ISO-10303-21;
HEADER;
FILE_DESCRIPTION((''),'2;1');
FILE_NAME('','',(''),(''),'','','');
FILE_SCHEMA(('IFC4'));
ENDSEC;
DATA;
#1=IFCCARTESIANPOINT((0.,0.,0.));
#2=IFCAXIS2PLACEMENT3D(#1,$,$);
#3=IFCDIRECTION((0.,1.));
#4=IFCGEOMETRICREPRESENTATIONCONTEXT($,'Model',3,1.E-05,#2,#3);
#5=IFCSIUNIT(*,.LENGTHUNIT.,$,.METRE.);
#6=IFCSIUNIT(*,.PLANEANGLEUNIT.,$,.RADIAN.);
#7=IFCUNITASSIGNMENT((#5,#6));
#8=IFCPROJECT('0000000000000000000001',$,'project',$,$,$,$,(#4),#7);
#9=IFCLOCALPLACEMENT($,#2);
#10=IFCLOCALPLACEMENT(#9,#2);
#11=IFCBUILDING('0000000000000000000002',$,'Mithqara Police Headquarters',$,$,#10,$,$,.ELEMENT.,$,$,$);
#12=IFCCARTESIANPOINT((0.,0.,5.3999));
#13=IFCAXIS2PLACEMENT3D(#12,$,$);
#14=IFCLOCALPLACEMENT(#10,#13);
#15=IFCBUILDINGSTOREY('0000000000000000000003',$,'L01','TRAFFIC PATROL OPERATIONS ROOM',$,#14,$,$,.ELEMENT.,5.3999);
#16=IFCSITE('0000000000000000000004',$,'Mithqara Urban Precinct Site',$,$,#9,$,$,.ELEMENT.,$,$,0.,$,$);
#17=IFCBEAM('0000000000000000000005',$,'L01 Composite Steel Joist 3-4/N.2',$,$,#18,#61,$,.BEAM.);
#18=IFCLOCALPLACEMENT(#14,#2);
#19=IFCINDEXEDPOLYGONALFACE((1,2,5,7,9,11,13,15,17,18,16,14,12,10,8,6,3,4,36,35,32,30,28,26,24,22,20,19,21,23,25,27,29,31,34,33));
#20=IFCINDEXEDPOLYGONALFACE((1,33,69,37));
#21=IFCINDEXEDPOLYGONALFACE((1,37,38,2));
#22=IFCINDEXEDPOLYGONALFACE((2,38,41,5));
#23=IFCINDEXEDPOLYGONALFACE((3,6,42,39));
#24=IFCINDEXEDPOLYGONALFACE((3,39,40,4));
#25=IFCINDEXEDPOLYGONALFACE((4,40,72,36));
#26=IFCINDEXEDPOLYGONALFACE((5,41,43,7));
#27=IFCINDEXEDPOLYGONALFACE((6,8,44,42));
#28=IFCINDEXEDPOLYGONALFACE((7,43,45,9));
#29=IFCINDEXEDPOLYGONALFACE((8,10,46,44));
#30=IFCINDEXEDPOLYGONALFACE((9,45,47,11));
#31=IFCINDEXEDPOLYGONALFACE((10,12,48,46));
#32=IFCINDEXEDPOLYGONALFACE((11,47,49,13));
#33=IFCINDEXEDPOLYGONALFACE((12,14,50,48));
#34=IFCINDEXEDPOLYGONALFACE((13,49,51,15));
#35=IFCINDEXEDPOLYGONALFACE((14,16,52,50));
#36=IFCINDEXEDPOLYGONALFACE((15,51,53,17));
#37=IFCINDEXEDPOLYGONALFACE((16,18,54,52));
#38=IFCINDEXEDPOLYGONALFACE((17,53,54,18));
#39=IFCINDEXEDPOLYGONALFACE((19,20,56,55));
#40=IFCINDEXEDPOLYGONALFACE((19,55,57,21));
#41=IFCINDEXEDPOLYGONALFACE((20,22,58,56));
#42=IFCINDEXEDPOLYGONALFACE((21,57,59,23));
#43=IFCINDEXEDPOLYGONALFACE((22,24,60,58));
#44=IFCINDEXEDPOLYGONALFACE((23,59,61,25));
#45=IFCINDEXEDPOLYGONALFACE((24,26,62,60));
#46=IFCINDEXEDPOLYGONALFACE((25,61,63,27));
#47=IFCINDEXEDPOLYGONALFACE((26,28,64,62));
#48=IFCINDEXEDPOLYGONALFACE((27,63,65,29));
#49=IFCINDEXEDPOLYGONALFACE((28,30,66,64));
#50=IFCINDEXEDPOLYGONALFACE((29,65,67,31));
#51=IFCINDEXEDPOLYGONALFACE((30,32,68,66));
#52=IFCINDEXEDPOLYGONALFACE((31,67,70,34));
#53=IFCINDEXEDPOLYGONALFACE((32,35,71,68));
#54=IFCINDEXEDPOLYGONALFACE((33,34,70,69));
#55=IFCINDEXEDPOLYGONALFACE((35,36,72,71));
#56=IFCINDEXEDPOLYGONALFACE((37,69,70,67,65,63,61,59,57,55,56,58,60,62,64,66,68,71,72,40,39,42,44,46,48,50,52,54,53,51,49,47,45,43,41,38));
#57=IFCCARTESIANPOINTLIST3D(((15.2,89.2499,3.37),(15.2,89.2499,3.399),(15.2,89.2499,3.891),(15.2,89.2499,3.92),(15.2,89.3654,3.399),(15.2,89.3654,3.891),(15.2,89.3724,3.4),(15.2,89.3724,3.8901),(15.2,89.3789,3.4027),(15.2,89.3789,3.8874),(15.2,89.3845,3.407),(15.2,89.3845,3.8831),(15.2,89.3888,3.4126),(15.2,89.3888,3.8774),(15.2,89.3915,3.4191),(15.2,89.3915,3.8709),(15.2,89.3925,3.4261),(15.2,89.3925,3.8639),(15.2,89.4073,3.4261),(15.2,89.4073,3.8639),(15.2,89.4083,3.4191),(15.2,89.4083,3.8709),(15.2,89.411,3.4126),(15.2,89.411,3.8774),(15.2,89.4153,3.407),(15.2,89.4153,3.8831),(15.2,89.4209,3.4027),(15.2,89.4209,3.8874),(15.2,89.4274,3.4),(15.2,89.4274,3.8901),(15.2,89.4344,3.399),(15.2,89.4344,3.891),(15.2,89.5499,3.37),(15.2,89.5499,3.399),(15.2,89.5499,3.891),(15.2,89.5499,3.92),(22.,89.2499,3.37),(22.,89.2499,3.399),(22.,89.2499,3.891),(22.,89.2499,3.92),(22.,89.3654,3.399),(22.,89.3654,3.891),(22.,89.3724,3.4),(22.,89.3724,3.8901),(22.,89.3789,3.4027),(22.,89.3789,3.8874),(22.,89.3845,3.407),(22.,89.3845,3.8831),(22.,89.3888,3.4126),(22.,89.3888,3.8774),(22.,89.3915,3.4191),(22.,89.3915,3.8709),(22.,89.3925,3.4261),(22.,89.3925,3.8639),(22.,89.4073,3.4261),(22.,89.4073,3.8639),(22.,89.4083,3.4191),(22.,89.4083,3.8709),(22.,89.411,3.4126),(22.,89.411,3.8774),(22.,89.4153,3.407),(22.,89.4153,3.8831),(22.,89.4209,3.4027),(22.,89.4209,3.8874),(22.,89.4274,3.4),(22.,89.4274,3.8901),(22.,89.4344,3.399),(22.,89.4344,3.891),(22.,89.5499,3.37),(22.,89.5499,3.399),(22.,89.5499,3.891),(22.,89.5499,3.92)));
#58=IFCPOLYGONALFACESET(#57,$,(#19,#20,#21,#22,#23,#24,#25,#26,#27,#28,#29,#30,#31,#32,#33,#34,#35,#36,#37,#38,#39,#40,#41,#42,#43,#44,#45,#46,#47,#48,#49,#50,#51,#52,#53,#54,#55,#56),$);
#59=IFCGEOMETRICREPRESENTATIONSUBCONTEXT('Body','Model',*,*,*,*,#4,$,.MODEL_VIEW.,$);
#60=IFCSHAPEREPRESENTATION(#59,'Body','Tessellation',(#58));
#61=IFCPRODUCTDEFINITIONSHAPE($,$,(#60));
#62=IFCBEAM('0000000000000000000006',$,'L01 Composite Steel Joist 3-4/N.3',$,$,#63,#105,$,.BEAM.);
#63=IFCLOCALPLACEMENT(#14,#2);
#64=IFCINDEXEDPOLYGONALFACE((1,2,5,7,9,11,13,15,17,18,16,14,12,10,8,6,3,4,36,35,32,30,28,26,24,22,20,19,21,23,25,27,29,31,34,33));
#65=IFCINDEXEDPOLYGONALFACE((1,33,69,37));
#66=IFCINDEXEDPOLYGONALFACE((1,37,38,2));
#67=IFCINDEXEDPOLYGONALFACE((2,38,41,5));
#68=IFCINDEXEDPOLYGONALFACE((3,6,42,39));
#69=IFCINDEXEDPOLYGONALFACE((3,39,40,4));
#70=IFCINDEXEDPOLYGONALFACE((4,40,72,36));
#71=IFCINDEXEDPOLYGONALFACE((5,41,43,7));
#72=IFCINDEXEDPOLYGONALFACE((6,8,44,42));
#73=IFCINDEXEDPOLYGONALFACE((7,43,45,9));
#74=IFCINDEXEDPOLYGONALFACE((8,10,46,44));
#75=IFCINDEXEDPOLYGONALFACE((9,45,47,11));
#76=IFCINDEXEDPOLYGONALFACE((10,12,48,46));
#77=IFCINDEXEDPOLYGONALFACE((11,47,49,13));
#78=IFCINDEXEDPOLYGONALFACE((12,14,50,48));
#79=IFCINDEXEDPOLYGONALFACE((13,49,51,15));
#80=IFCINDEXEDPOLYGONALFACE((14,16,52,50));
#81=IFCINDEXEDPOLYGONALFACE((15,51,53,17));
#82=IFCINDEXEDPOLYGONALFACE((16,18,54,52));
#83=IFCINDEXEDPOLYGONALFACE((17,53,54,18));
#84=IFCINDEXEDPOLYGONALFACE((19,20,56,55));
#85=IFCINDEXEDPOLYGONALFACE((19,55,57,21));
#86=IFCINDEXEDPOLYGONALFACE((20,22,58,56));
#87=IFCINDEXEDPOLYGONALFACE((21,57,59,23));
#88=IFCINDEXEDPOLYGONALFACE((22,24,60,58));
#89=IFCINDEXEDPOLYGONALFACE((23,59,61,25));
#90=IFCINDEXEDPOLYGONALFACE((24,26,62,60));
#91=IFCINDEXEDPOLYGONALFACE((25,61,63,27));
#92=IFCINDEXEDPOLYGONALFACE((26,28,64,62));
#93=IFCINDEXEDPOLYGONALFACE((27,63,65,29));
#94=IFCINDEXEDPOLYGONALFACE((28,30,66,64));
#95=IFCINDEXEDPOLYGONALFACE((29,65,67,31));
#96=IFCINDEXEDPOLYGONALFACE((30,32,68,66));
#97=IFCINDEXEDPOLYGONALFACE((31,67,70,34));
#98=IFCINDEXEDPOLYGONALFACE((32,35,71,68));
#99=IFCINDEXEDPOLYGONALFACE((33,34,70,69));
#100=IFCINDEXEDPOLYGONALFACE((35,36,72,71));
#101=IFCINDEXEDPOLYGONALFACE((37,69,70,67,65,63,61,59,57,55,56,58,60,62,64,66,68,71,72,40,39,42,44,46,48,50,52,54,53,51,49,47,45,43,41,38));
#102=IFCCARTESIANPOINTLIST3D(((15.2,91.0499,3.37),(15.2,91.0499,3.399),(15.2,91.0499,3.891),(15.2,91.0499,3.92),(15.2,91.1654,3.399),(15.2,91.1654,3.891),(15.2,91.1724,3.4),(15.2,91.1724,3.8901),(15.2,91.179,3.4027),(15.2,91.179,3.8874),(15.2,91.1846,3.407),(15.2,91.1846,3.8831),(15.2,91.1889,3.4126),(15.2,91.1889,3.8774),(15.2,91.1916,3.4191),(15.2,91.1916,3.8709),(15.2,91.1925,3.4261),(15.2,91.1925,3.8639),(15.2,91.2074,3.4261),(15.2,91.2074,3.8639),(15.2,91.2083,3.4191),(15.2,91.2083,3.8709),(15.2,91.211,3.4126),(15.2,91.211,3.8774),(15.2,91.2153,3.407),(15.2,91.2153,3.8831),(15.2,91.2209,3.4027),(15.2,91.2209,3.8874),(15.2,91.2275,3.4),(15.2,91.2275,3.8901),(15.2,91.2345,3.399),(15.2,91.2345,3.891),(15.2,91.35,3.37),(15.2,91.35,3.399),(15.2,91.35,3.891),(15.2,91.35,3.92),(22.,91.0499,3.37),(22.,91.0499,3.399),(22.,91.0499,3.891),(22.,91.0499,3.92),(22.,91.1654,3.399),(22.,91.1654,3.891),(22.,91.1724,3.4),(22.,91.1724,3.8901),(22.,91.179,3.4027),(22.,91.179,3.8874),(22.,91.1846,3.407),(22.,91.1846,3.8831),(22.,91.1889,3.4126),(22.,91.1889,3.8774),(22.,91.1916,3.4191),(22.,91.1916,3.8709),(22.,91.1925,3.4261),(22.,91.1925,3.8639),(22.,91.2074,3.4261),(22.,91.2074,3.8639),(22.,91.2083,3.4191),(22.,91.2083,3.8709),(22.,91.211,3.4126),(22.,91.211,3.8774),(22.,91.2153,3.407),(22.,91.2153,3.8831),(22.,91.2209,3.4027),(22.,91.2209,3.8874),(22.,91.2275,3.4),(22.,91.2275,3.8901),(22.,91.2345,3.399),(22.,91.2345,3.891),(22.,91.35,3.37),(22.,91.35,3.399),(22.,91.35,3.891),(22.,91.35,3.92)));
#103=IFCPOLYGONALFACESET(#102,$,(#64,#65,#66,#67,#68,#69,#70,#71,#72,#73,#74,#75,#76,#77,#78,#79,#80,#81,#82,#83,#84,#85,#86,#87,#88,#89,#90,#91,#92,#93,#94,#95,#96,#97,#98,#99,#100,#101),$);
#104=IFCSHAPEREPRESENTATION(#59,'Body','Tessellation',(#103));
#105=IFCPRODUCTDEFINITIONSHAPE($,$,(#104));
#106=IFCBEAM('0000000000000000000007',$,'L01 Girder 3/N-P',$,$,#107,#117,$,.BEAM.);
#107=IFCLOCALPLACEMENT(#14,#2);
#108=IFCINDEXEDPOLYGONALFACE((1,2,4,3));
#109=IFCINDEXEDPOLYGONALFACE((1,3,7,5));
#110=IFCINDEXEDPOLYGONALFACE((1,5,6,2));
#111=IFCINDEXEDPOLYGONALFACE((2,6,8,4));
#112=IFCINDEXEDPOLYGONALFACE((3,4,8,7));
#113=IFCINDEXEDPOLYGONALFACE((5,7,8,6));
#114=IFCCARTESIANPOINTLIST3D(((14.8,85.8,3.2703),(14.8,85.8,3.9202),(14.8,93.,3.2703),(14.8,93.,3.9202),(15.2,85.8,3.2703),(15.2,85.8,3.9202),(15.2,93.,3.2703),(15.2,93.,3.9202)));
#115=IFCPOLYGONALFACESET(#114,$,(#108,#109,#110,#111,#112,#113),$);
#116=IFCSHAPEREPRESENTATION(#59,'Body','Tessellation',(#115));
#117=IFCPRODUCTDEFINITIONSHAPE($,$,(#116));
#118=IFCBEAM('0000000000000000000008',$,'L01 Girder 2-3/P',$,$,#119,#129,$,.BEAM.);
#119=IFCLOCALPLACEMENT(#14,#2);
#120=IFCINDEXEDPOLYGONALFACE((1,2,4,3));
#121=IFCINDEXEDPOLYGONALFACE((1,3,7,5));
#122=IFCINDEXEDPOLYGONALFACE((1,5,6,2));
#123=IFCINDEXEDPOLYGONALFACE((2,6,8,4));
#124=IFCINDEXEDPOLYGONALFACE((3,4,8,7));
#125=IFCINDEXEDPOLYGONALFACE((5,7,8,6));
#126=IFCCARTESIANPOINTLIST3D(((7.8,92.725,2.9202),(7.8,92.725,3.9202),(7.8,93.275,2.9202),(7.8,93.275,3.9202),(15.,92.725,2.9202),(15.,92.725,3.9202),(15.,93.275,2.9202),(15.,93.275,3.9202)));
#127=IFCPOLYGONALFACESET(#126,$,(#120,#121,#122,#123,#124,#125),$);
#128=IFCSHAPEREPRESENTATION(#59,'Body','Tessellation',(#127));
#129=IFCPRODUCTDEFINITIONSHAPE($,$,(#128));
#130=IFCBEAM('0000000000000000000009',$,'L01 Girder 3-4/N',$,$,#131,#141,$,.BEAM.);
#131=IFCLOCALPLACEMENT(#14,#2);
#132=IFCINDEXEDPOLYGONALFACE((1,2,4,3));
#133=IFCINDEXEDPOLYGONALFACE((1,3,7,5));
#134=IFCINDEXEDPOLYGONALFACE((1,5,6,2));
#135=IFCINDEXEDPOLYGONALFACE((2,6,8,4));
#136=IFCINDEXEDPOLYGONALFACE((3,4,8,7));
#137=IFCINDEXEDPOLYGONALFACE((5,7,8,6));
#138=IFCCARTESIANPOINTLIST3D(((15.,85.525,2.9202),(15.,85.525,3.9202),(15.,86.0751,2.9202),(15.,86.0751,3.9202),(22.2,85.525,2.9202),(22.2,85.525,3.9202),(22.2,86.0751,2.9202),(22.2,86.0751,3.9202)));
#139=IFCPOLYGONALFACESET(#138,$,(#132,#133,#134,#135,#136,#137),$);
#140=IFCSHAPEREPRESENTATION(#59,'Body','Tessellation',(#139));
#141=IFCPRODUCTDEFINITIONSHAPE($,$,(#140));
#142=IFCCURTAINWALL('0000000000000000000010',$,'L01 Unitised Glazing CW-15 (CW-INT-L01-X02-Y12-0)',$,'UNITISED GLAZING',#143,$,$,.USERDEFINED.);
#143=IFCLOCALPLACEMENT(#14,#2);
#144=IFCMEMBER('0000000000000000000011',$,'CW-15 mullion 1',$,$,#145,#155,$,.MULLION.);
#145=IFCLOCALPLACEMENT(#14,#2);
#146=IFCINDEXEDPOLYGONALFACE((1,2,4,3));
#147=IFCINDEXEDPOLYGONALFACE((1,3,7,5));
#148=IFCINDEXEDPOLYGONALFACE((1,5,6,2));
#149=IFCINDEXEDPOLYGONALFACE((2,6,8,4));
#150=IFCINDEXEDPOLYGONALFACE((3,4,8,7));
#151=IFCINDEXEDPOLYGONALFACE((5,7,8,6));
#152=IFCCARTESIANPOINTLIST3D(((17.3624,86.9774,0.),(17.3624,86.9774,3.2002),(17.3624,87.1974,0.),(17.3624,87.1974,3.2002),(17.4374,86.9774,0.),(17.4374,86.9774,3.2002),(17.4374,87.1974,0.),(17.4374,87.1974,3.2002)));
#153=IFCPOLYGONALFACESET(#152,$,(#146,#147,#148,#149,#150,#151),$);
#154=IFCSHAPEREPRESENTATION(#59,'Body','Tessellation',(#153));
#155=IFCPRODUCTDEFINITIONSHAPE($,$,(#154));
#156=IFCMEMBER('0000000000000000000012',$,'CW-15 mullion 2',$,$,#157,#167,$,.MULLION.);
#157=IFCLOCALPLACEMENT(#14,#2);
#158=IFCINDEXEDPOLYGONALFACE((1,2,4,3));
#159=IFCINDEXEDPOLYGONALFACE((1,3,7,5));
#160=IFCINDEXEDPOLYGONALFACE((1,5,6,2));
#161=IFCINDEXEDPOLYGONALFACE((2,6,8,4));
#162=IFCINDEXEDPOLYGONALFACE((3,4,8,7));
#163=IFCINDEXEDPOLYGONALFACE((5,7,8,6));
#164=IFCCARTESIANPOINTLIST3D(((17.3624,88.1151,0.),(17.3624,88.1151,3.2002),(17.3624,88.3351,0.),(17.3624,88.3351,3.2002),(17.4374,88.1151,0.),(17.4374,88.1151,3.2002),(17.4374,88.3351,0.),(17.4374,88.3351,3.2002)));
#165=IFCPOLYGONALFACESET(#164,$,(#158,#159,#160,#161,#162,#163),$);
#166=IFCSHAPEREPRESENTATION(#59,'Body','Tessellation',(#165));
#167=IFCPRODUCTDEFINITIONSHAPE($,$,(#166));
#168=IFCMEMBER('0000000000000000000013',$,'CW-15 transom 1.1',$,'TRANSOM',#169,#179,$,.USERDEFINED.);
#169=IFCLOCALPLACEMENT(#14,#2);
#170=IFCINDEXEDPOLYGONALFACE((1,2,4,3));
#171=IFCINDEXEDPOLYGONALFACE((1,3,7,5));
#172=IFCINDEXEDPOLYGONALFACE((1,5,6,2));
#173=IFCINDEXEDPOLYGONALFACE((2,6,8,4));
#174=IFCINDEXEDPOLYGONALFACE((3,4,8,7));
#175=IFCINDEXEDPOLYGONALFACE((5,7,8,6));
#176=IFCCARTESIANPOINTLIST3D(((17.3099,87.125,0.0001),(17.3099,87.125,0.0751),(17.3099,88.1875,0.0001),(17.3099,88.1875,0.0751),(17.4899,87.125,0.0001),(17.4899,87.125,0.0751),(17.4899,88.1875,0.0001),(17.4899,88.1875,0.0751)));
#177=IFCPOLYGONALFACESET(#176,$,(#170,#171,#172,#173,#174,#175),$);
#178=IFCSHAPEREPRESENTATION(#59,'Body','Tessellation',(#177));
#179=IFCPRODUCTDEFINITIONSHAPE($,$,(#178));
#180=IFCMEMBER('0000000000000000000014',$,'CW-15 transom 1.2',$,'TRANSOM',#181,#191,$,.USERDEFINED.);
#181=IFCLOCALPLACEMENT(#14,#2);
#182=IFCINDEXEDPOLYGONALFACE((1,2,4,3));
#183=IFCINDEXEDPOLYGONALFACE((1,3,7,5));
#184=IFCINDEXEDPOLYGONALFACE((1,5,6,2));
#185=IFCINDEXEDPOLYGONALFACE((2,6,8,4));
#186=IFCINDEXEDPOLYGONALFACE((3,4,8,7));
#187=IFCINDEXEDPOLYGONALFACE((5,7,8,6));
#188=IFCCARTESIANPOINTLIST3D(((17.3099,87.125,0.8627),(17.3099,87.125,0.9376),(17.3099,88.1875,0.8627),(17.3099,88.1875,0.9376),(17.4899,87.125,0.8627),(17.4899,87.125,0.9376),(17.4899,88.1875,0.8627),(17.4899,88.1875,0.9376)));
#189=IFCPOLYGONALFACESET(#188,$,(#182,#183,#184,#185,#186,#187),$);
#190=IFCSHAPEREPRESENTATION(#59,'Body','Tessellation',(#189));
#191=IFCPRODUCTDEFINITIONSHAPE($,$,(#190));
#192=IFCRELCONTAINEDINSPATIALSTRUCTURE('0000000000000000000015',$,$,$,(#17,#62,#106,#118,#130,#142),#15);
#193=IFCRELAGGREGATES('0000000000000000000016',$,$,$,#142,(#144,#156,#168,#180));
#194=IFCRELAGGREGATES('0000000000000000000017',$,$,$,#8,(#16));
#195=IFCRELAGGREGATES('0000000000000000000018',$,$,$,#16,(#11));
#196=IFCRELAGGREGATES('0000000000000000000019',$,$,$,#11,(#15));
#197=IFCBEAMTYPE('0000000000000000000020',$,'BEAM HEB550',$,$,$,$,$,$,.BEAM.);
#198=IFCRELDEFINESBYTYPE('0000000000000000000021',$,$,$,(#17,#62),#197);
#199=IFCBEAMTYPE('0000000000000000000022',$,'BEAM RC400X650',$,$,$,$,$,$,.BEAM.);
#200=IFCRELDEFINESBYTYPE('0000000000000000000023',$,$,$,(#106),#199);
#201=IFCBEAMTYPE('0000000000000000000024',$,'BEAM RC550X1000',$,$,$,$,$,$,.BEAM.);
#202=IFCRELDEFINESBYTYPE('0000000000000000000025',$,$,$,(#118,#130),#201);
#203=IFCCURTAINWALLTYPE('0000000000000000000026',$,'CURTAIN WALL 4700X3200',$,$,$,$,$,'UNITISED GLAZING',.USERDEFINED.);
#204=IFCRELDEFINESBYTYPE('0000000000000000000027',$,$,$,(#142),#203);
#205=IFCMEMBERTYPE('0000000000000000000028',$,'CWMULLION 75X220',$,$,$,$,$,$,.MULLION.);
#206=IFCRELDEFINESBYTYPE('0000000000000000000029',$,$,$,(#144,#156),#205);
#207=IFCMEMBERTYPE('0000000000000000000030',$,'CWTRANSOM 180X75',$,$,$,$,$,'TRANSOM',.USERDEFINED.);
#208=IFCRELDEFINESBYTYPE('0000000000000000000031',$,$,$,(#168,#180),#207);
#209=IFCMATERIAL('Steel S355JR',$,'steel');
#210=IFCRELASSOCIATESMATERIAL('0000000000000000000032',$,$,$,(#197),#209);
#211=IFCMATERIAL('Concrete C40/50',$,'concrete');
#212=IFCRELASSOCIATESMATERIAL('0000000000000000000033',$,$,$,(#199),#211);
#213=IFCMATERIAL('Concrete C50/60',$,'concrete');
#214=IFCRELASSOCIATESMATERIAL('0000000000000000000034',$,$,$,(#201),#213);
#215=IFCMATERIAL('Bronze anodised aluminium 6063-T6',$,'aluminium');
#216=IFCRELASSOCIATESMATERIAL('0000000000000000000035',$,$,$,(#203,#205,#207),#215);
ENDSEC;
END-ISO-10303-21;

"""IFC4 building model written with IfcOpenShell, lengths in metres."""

from ifc_helpers import new_model, si_unit, direction, frame, origin, origin_2d, place, context, subcontext, project, spatial, rectangle, i_section, extrude, material, material_profile, profile_set, type_object, element, aggregate, save


model = new_model("IFC4")

# Units and contexts
model_context = context("Model", 3, precision=1e-05, world=origin(), true_north=direction((0.0, 1.0)))
body_context = subcontext(model_context, "Body", "Model", "MODEL_VIEW")
ifc_project = project(units=[si_unit("LENGTHUNIT", "METRE"), si_unit("PLANEANGLEUNIT", "RADIAN")], contexts=[model_context])

# Site, building, storey
site_placement = place(None, origin())
site = spatial("IfcSite", under=ifc_project, at=site_placement, Name="Mithqara Urban Precinct Site", CompositionType="ELEMENT", RefElevation=0.0)
building_placement = place(site_placement, origin())
building = spatial("IfcBuilding", under=site, at=building_placement, Name="Mithqara Police Headquarters", CompositionType="ELEMENT")
storey_placement = place(building_placement, frame((0.0, 0.0, 5.3999)))
storey = spatial("IfcBuildingStorey", under=building, at=storey_placement, Name="L01", Description="TRAFFIC PATROL OPERATIONS ROOM", CompositionType="ELEMENT", Elevation=5.3999)

# Shared definitions
ifc_material_1 = material(Name="Concrete C50/60", Category="concrete")

# Beams
ifc_material_2 = material(Name="Steel S355JR", Category="steel")
ifc_material_profile_1 = material_profile(ifc_material_2, i_section(OverallWidth=0.3, OverallDepth=0.55, WebThickness=0.0149, FlangeThickness=0.0291, FilletRadius=0.0271, at=origin_2d()), Name="HEB 550")
ifc_profile_set_1 = profile_set([ifc_material_profile_1], Name="Steel S355JR")
beam_type_1 = type_object("IfcBeamType", Name="BEAM HEB550", PredefinedType="BEAM", material=ifc_profile_set_1)
for number, where, z_axis, x_axis, name in (
    (1, (15.2, 89.3999, 3.645), (1.0, 0.0, 0.0), (0.0, 1.0, 0.0), "L01 Composite Steel Joist 3-4/N.2"),
    (2, (15.2, 91.2, 3.645), (1.0, 0.0, 0.0), (0.0, 1.0, 0.0), "L01 Composite Steel Joist 3-4/N.3"),
):
    element("IfcBeam", number, at=place(storey_placement, frame(where, z_axis=z_axis, x_axis=x_axis)), inside=storey, type_object=beam_type_1, Name=name, PredefinedType="BEAM", context=body_context, shape_type="SweptSolid", body=[
        extrude(i_section(OverallWidth=0.3, OverallDepth=0.55, WebThickness=0.0149, FlangeThickness=0.0291, FilletRadius=0.0271, at=origin_2d()), origin(), (0.0, 0.0, 1.0), 6.8),
    ])
ifc_material_3 = material(Name="Concrete C40/50", Category="concrete")
ifc_material_profile_2 = material_profile(ifc_material_3, rectangle(XDim=0.3999, YDim=0.6499, at=origin_2d()), Name="RC 400x650")
ifc_profile_set_2 = profile_set([ifc_material_profile_2], Name="Concrete C40/50")
beam_type_2 = type_object("IfcBeamType", Name="BEAM RC400X650", PredefinedType="BEAM", material=ifc_profile_set_2)
beam_placement = place(storey_placement, frame((15.0, 85.8, 3.5952), z_axis=(0.0, 1.0, 0.0), x_axis=(-1.0, 0.0, 0.0)))
element("IfcBeam", 3, at=beam_placement, inside=storey, type_object=beam_type_2, Name="L01 Girder 3/N-P", PredefinedType="BEAM", context=body_context, shape_type="SweptSolid", body=[
    extrude(rectangle(XDim=0.3999, YDim=0.6499, at=origin_2d()), origin(), (0.0, 0.0, 1.0), 7.2),
])
ifc_material_profile_3 = material_profile(ifc_material_1, rectangle(XDim=0.55, YDim=1.0, at=origin_2d()), Name="RC 550x1000")
ifc_profile_set_3 = profile_set([ifc_material_profile_3], Name="Concrete C50/60")
beam_type_3 = type_object("IfcBeamType", Name="BEAM RC550X1000", PredefinedType="BEAM", material=ifc_profile_set_3)
for number, where, z_axis, x_axis, name in (
    (4, (7.8, 93.0, 3.4202), (1.0, 0.0, 0.0), (0.0, 1.0, 0.0), "L01 Girder 2-3/P"),
    (5, (15.0, 85.8, 3.4202), (1.0, 0.0, 0.0), (0.0, 1.0, 0.0), "L01 Girder 3-4/N"),
):
    element("IfcBeam", number, at=place(storey_placement, frame(where, z_axis=z_axis, x_axis=x_axis)), inside=storey, type_object=beam_type_3, Name=name, PredefinedType="BEAM", context=body_context, shape_type="SweptSolid", body=[
        extrude(rectangle(XDim=0.55, YDim=1.0, at=origin_2d()), origin(), (0.0, 0.0, 1.0), 7.2),
    ])

# Curtain wall, members
ifc_material_4 = material(Name="Bronze anodised aluminium 6063-T6", Category="aluminium")
curtain_wall_type = type_object("IfcCurtainWallType", Name="CURTAIN WALL 4700X3200", ElementType="UNITISED GLAZING", PredefinedType="USERDEFINED", material=ifc_material_4)
curtain_wall_placement = place(storey_placement, origin())
curtain_wall = element("IfcCurtainWall", 6, at=curtain_wall_placement, inside=storey, type_object=curtain_wall_type, Name="L01 Unitised Glazing CW-15 (CW-INT-L01-X02-Y12-0)", ObjectType="UNITISED GLAZING", PredefinedType="USERDEFINED")
ifc_material_profile_4 = material_profile(ifc_material_4, rectangle(XDim=0.075, YDim=0.22, at=origin_2d()), Name="CWM 75x220")
ifc_profile_set_4 = profile_set([ifc_material_profile_4], Name="Bronze anodised aluminium 6063-T6")
member_type_1 = type_object("IfcMemberType", Name="CWMULLION 75X220", PredefinedType="MULLION", material=ifc_profile_set_4)
member_1_placement = place(storey_placement, frame((17.3999, 87.0874, 0.0), z_axis=(0.0, 0.0, 1.0), x_axis=(-1.0, 0.0, 0.0)))
member_1 = element("IfcMember", 7, at=member_1_placement, type_object=member_type_1, Name="CW-15 mullion 1", PredefinedType="MULLION", context=body_context, shape_type="SweptSolid", body=[
    extrude(rectangle(XDim=0.075, YDim=0.22, at=origin_2d()), origin(), (0.0, 0.0, 1.0), 3.2002),
])
member_2_placement = place(storey_placement, frame((17.3999, 88.2251, 0.0), z_axis=(0.0, 0.0, 1.0), x_axis=(-1.0, 0.0, 0.0)))
member_2 = element("IfcMember", 8, at=member_2_placement, type_object=member_type_1, Name="CW-15 mullion 2", PredefinedType="MULLION", context=body_context, shape_type="SweptSolid", body=[
    extrude(rectangle(XDim=0.075, YDim=0.22, at=origin_2d()), origin(), (0.0, 0.0, 1.0), 3.2002),
])
ifc_material_profile_5 = material_profile(ifc_material_4, rectangle(XDim=0.1799, YDim=0.075, at=origin_2d()), Name="CWT 180x75")
ifc_profile_set_5 = profile_set([ifc_material_profile_5], Name="Bronze anodised aluminium 6063-T6")
member_type_2 = type_object("IfcMemberType", Name="CWTRANSOM 180X75", ElementType="TRANSOM", PredefinedType="USERDEFINED", material=ifc_profile_set_5)
member_3_placement = place(storey_placement, frame((17.3999, 87.125, 0.0376), z_axis=(0.0, 1.0, 0.0), x_axis=(-1.0, 0.0, 0.0)))
member_3 = element("IfcMember", 9, at=member_3_placement, type_object=member_type_2, Name="CW-15 transom 1.1", ObjectType="TRANSOM", PredefinedType="USERDEFINED", context=body_context, shape_type="SweptSolid", body=[
    extrude(rectangle(XDim=0.1799, YDim=0.075, at=origin_2d()), origin(), (0.0, 0.0, 1.0), 1.0625),
])
member_4_placement = place(storey_placement, frame((17.3999, 87.125, 0.9001), z_axis=(0.0, 1.0, 0.0), x_axis=(-1.0, 0.0, 0.0)))
member_4 = element("IfcMember", 10, at=member_4_placement, type_object=member_type_2, Name="CW-15 transom 1.2", ObjectType="TRANSOM", PredefinedType="USERDEFINED", context=body_context, shape_type="SweptSolid", body=[
    extrude(rectangle(XDim=0.1799, YDim=0.075, at=origin_2d()), origin(), (0.0, 0.0, 1.0), 1.0625),
])
aggregate(curtain_wall, [member_1, member_2, member_3, member_4])

save(model, "model.ifc")
